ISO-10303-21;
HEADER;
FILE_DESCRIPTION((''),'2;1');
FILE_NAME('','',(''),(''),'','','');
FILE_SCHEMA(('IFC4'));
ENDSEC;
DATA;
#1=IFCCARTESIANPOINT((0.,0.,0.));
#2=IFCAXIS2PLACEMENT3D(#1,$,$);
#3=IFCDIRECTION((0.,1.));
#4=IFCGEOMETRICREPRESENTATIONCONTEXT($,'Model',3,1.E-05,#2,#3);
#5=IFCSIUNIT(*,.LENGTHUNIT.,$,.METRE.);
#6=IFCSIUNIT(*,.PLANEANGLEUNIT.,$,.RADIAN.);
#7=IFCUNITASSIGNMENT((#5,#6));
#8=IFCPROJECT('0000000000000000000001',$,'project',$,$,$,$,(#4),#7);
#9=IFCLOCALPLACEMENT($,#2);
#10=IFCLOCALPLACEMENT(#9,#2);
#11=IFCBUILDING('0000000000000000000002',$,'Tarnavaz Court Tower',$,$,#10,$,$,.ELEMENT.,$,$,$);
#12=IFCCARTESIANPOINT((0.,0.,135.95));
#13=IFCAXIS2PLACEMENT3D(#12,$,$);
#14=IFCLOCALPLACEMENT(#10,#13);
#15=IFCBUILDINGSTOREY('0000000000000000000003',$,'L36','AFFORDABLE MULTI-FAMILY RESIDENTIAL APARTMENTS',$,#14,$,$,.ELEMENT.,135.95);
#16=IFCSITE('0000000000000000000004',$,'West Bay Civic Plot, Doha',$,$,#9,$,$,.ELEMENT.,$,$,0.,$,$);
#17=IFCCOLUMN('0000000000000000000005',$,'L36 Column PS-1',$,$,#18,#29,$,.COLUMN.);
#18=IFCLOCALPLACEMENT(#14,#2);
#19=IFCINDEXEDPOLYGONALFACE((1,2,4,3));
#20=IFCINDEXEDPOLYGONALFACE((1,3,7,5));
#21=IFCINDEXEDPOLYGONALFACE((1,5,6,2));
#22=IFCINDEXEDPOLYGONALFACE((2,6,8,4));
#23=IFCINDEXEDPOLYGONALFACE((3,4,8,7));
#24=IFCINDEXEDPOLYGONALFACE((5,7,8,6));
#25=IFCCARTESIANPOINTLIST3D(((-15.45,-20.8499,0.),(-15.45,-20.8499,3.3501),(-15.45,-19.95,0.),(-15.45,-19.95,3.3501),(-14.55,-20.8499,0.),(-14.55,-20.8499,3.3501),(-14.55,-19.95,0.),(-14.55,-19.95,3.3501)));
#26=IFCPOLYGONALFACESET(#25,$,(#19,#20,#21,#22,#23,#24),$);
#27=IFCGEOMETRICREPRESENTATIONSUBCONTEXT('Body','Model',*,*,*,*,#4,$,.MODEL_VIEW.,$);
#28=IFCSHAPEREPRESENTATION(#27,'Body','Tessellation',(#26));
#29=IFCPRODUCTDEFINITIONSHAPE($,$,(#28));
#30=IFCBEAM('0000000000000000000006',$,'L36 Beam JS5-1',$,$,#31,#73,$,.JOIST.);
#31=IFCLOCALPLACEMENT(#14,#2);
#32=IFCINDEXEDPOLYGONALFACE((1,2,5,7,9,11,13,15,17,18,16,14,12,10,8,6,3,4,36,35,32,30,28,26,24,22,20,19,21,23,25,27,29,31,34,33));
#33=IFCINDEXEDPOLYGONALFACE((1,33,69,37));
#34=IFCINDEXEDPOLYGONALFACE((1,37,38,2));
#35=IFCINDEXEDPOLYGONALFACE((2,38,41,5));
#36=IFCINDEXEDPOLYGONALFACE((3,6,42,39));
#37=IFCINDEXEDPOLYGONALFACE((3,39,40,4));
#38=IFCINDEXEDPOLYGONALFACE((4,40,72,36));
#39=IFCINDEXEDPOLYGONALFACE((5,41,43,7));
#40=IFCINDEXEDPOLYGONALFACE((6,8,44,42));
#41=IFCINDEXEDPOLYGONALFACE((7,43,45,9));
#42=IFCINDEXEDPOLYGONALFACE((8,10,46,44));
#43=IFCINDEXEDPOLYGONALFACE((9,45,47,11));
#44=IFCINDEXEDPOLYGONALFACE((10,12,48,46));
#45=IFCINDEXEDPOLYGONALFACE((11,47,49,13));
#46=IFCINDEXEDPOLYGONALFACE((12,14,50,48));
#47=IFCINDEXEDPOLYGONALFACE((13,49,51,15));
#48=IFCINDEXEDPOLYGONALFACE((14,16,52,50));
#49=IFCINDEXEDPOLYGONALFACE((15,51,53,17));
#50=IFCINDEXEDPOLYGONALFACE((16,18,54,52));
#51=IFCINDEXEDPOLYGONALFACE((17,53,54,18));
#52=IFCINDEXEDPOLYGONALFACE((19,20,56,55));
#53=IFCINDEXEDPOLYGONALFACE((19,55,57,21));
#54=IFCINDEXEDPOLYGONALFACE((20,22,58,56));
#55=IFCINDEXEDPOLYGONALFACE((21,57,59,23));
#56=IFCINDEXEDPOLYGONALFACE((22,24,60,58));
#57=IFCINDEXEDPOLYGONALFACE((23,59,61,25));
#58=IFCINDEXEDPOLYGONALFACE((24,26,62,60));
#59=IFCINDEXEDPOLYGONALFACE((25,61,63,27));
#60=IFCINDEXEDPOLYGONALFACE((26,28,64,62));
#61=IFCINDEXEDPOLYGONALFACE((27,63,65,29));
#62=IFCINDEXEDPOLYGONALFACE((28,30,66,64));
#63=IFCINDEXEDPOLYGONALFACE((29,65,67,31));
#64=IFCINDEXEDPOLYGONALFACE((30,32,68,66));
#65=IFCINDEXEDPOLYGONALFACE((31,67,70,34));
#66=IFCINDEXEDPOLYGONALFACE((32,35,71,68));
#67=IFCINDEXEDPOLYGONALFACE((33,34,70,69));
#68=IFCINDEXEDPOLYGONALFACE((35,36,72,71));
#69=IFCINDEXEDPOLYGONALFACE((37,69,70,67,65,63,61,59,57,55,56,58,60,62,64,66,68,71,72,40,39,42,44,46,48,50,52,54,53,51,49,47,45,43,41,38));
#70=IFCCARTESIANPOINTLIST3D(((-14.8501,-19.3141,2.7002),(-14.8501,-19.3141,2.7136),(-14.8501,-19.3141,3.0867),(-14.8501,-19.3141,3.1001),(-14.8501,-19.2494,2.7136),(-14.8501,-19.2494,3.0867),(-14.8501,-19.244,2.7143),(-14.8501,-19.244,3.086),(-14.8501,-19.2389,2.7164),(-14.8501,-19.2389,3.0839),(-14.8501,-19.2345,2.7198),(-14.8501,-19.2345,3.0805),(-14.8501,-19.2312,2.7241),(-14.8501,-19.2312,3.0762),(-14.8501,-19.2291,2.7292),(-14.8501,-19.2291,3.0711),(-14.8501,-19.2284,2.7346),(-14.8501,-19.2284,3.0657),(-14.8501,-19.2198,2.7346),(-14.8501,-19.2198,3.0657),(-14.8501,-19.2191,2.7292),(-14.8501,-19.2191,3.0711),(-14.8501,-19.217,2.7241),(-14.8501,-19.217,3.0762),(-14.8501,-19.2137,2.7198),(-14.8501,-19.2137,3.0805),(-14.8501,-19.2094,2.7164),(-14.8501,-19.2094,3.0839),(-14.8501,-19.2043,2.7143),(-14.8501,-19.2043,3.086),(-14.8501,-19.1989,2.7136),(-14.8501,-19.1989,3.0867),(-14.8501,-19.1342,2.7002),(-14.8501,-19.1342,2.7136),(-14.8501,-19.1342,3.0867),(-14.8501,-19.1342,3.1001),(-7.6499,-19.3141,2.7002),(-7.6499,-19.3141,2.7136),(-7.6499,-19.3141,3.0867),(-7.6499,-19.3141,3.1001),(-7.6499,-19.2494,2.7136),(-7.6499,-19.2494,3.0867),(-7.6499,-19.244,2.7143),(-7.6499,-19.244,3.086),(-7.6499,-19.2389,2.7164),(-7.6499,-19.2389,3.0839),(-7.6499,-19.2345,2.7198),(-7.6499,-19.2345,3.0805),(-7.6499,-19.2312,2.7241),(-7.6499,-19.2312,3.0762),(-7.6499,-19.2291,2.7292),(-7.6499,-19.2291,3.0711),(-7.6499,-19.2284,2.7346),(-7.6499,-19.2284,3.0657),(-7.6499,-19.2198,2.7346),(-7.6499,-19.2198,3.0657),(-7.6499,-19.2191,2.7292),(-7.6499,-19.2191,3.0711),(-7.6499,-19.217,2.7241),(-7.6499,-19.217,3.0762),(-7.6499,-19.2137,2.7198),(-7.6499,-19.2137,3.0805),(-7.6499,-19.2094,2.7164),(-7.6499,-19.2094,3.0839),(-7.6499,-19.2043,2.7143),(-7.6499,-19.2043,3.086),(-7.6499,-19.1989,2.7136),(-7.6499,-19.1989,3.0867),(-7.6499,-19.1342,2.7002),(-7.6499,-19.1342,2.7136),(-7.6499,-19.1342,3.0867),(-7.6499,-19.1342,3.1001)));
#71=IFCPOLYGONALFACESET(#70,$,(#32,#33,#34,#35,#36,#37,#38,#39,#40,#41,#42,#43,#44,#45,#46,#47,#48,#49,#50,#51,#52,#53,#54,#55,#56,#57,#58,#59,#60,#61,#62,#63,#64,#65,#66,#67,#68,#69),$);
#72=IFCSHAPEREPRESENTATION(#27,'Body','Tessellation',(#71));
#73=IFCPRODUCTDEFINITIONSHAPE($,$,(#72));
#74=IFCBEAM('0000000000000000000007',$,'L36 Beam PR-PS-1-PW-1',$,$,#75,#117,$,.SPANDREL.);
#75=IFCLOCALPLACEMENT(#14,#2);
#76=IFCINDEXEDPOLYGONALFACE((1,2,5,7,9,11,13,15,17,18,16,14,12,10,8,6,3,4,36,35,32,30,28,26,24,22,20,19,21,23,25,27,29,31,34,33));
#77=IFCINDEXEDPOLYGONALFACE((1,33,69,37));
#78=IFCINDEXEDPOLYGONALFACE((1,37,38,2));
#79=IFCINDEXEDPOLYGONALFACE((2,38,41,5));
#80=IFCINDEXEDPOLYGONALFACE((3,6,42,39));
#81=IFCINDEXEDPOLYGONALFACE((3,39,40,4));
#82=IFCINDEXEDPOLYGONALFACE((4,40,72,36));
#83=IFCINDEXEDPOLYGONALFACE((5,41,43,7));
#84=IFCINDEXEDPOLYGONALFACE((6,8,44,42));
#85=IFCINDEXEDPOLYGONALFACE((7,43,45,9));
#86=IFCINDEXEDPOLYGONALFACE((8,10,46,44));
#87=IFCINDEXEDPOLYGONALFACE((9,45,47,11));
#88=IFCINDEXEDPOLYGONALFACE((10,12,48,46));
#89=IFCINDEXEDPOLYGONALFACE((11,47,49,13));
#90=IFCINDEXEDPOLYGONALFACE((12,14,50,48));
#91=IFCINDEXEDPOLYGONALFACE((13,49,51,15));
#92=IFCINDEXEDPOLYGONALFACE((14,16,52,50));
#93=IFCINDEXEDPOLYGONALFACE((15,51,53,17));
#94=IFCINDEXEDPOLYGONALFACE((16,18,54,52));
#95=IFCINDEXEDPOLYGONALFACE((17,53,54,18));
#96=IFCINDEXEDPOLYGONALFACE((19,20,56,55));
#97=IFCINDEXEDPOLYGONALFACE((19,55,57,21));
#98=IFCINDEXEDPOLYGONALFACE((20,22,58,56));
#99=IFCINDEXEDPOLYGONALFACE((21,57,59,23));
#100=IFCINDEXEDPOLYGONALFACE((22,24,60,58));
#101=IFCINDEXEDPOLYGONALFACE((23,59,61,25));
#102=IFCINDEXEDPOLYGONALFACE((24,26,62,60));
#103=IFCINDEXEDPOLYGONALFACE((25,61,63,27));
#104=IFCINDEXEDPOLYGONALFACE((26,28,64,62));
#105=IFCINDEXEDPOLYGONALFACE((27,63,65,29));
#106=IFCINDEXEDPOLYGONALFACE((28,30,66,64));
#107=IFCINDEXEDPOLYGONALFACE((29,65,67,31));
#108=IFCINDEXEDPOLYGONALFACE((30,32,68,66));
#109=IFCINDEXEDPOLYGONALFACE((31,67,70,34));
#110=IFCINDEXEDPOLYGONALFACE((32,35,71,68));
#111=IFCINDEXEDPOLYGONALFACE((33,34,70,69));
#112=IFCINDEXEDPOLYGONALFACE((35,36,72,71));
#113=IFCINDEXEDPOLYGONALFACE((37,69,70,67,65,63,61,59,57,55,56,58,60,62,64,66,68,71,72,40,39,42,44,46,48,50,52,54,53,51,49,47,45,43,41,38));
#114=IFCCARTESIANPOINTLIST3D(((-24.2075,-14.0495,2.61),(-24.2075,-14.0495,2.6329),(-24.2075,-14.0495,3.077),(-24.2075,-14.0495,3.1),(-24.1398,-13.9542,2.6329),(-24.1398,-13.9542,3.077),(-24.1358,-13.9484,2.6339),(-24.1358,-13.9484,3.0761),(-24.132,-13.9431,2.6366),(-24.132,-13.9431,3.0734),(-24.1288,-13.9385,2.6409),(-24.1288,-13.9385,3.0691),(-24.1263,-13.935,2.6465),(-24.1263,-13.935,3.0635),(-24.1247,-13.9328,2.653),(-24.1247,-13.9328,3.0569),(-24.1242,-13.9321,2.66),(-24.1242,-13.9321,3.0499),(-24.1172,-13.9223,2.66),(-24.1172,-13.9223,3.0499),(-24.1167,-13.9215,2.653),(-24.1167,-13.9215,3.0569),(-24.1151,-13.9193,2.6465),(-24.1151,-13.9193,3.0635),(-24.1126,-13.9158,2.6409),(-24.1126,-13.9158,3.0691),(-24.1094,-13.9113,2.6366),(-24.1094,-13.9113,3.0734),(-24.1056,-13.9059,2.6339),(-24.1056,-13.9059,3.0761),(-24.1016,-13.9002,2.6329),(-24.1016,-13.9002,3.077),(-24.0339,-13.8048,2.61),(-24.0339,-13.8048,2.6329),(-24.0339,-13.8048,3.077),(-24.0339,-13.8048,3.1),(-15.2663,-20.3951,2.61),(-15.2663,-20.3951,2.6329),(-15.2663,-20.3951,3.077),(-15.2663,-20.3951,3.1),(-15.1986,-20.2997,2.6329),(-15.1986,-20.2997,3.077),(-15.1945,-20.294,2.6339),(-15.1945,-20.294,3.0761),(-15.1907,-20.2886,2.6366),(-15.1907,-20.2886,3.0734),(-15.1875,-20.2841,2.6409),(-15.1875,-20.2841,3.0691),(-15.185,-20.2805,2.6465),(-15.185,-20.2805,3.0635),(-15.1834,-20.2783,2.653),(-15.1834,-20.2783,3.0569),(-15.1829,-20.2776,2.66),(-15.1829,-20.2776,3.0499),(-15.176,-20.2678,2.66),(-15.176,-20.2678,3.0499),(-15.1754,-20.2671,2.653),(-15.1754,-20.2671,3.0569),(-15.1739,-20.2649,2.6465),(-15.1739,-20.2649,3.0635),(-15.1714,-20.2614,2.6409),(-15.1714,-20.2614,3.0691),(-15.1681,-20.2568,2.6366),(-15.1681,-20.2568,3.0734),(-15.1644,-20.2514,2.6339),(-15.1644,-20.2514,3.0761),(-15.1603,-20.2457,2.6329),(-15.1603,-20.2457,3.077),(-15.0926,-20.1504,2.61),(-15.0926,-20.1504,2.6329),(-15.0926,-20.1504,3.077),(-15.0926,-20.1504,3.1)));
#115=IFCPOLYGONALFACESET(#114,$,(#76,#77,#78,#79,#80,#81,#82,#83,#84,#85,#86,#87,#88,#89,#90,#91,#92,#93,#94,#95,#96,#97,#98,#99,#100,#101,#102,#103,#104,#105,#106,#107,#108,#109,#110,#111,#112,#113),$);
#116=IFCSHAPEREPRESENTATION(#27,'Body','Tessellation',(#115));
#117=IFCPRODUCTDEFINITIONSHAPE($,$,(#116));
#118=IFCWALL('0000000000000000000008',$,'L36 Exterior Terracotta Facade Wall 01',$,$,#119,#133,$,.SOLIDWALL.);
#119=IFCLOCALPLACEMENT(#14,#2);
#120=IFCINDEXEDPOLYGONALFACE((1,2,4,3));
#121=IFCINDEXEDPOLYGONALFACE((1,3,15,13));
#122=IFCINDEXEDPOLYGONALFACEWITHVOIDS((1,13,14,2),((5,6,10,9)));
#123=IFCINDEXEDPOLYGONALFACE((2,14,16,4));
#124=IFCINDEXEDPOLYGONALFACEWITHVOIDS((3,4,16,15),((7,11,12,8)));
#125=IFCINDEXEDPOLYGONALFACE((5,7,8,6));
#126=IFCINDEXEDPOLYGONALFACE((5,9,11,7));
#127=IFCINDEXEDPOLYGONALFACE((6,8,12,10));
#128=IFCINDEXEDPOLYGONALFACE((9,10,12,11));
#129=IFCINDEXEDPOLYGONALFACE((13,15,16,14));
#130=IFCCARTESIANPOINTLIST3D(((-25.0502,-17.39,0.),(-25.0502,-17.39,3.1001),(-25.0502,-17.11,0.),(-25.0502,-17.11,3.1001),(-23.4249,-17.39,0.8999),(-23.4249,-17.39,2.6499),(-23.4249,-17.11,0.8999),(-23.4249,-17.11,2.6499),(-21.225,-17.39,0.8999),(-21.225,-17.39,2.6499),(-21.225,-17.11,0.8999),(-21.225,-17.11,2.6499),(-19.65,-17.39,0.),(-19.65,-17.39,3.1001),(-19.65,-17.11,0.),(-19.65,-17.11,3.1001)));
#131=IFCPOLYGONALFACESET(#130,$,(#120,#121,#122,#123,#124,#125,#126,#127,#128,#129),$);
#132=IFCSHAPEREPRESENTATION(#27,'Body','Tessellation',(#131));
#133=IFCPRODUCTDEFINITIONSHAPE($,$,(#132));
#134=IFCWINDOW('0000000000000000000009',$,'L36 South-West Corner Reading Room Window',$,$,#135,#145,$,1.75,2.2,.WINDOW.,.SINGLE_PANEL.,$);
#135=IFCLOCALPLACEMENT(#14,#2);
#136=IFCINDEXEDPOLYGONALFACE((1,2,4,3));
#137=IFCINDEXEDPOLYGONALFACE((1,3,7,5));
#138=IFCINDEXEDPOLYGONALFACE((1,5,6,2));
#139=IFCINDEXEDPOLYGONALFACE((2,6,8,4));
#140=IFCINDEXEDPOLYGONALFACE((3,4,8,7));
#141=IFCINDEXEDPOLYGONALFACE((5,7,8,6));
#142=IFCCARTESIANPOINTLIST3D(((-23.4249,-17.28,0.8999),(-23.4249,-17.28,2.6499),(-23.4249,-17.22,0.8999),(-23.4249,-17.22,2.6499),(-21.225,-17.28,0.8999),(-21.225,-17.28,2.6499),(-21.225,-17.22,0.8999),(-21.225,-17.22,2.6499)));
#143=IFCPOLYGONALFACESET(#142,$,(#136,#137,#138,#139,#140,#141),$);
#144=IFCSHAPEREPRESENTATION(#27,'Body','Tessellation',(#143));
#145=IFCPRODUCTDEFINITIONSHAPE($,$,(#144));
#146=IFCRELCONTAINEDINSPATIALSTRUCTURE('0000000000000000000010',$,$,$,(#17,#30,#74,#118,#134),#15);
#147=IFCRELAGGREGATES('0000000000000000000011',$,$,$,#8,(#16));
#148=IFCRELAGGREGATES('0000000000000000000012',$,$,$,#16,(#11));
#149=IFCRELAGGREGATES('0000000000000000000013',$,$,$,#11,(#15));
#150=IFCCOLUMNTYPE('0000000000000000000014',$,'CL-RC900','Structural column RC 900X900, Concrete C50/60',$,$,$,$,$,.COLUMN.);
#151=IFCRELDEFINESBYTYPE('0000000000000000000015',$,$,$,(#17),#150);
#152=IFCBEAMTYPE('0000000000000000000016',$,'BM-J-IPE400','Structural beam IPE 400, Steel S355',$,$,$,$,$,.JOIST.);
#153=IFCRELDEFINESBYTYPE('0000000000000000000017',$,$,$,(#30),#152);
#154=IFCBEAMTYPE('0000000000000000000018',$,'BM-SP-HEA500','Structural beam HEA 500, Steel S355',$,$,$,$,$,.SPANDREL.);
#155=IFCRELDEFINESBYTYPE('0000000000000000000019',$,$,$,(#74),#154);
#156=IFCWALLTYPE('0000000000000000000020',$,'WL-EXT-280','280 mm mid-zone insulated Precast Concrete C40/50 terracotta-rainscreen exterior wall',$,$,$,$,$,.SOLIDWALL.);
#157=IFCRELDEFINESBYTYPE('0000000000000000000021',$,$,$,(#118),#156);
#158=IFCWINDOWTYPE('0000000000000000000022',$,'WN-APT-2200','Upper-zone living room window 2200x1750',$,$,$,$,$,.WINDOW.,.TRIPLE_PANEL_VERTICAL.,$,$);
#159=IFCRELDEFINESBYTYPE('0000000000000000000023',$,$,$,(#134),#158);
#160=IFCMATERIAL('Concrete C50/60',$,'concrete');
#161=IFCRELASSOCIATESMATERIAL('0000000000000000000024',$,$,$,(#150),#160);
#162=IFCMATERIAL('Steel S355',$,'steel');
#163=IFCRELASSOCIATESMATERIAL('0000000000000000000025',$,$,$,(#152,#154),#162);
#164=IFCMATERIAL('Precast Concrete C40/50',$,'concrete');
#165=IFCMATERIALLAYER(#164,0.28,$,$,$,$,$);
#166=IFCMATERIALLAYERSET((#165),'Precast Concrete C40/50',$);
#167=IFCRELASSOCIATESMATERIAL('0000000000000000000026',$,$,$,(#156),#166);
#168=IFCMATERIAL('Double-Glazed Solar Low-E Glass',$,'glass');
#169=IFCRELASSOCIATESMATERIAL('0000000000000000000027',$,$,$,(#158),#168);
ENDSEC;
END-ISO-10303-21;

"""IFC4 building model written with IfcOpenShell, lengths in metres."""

from ifc_helpers import new_model, si_unit, direction, frame, frame_2d, origin, origin_2d, place, context, subcontext, project, spatial, rectangle, i_section, extrude, material, layer, layer_set, material_profile, profile_set, type_object, element, fill, save


model = new_model("IFC4")

# Units and contexts
model_context = context("Model", 3, precision=1e-05, world=origin(), true_north=direction((0.0, 1.0)))
body_context = subcontext(model_context, "Body", "Model", "MODEL_VIEW")
ifc_project = project(units=[si_unit("LENGTHUNIT", "METRE"), si_unit("PLANEANGLEUNIT", "RADIAN")], contexts=[model_context])

# Site, building, storey
site_placement = place(None, origin())
site = spatial("IfcSite", under=ifc_project, at=site_placement, Name="West Bay Civic Plot, Doha", CompositionType="ELEMENT", RefElevation=0.0)
building_placement = place(site_placement, origin())
building = spatial("IfcBuilding", under=site, at=building_placement, Name="Tarnavaz Court Tower", CompositionType="ELEMENT")
storey_placement = place(building_placement, frame((0.0, 0.0, 135.95)))
storey = spatial("IfcBuildingStorey", under=building, at=storey_placement, Name="L36", Description="AFFORDABLE MULTI-FAMILY RESIDENTIAL APARTMENTS", CompositionType="ELEMENT", Elevation=135.95)

# Column
ifc_material_1 = material(Name="Concrete C50/60", Category="concrete")
ifc_material_profile_1 = material_profile(ifc_material_1, rectangle(XDim=0.8999, YDim=0.8999, at=origin_2d()), Name="RC 900X900")
ifc_profile_set_1 = profile_set([ifc_material_profile_1], Name="Concrete C50/60")
column_type = type_object("IfcColumnType", Name="CL-RC900", Description="Structural column RC 900X900, Concrete C50/60", PredefinedType="COLUMN", material=ifc_profile_set_1)
column_placement = place(storey_placement, frame((-15.0, -20.3999, 0.0), z_axis=(0.0, 0.0, 1.0), x_axis=(1.0, 0.0, 0.0)))
element("IfcColumn", 1, at=column_placement, inside=storey, type_object=column_type, Name="L36 Column PS-1", PredefinedType="COLUMN", context=body_context, shape_type="SweptSolid", body=[
    extrude(rectangle(XDim=0.8999, YDim=0.8999, at=origin_2d()), origin(), (0.0, 0.0, 1.0), 3.3501),
])

# Beams
ifc_material_2 = material(Name="Steel S355", Category="steel")
ifc_material_profile_2 = material_profile(ifc_material_2, i_section(OverallWidth=0.1799, OverallDepth=0.3999, WebThickness=0.0085, FlangeThickness=0.0134, FilletRadius=0.021, at=origin_2d()), Name="IPE 400")
ifc_profile_set_2 = profile_set([ifc_material_profile_2], Name="Steel S355")
beam_type_1 = type_object("IfcBeamType", Name="BM-J-IPE400", Description="Structural beam IPE 400, Steel S355", PredefinedType="JOIST", material=ifc_profile_set_2)
beam_1_placement = place(storey_placement, frame((-14.8501, -19.2241, 2.9001), z_axis=(1.0, 0.0, 0.0), x_axis=(0.0, 1.0, 0.0)))
element("IfcBeam", 2, at=beam_1_placement, inside=storey, type_object=beam_type_1, Name="L36 Beam JS5-1", PredefinedType="JOIST", context=body_context, shape_type="SweptSolid", body=[
    extrude(i_section(OverallWidth=0.1799, OverallDepth=0.3999, WebThickness=0.0085, FlangeThickness=0.0134, FilletRadius=0.021, at=origin_2d()), origin(), (0.0, 0.0, 1.0), 7.2002),
])
ifc_material_profile_3 = material_profile(ifc_material_2, i_section(OverallWidth=0.3, OverallDepth=0.49, WebThickness=0.012, FlangeThickness=0.0229, FilletRadius=0.0271, at=origin_2d()), Name="HEA 500")
ifc_profile_set_3 = profile_set([ifc_material_profile_3], Name="Steel S355")
beam_type_2 = type_object("IfcBeamType", Name="BM-SP-HEA500", Description="Structural beam HEA 500, Steel S355", PredefinedType="SPANDREL", material=ifc_profile_set_3)
beam_2_placement = place(storey_placement, frame((-15.1794, -20.2727, 2.855), z_axis=(-0.815502, 0.578754, 0.0), x_axis=(-0.578754, -0.815502, 0.0)))
element("IfcBeam", 3, at=beam_2_placement, inside=storey, type_object=beam_type_2, Name="L36 Beam PR-PS-1-PW-1", PredefinedType="SPANDREL", context=body_context, shape_type="SweptSolid", body=[
    extrude(i_section(OverallWidth=0.3, OverallDepth=0.49, WebThickness=0.012, FlangeThickness=0.0229, FilletRadius=0.0271, at=origin_2d()), origin(), (0.0, 0.0, 1.0), 10.9641),
])

# Wall, opening, window
ifc_material_3 = material(Name="Precast Concrete C40/50", Category="concrete")
ifc_layer_1 = layer(ifc_material_3, 0.28)
ifc_layer_set_1 = layer_set([ifc_layer_1], Name="Precast Concrete C40/50")
wall_type_1 = type_object("IfcWallType", Name="WL-EXT-280", Description="280 mm mid-zone insulated Precast Concrete C40/50 terracotta-rainscreen exterior wall", PredefinedType="SOLIDWALL", material=ifc_layer_set_1)
wall_1_placement = place(storey_placement, frame((-19.6499, -17.25, 0.0), z_axis=(0.0, 0.0, 1.0), x_axis=(-1.0, 0.0, 0.0)))
wall_1 = element("IfcWall", 4, at=wall_1_placement, inside=storey, type_object=wall_type_1, Name="L36 Exterior Terracotta Facade Wall 01", PredefinedType="SOLIDWALL", context=body_context, shape_type="SweptSolid", body=[
    extrude(rectangle(XDim=5.4001, YDim=0.28, at=frame_2d((2.7002, 0.0))), origin(), (0.0, 0.0, 1.0), 3.1001),
])
opening_1_placement = place(wall_1_placement, frame((1.575, 0.0, 0.8999)))
opening_1 = element("IfcOpeningElement", 5, at=opening_1_placement, cuts=wall_1, PredefinedType="OPENING", context=body_context, shape_type="SweptSolid", body=[
    extrude(rectangle(XDim=2.2, YDim=1.75, at=frame_2d((1.1001, 0.875))), frame((0.0, 0.1499, 0.0), z_axis=(0.0, -1.0, 0.0), x_axis=(1.0, 0.0, 0.0)), (0.0, 0.0, 1.0), 0.3),
])
ifc_material_4 = material(Name="Double-Glazed Solar Low-E Glass", Category="glass")
window_type_1 = type_object("IfcWindowType", Name="WN-APT-2200", Description="Upper-zone living room window 2200x1750", PartitioningType="TRIPLE_PANEL_VERTICAL", PredefinedType="WINDOW", material=ifc_material_4)
window_1_placement = place(opening_1_placement, origin())
window_1 = element("IfcWindow", 6, at=window_1_placement, inside=storey, type_object=window_type_1, Name="L36 South-West Corner Reading Room Window", OverallHeight=1.75, OverallWidth=2.2, PartitioningType="SINGLE_PANEL", PredefinedType="WINDOW", context=body_context, shape_type="SweptSolid", body=[
    extrude(rectangle(XDim=2.2, YDim=1.75, at=frame_2d((1.1001, 0.875))), frame((0.0, 0.03, 0.0), z_axis=(0.0, -1.0, 0.0), x_axis=(1.0, 0.0, 0.0)), (0.0, 0.0, 1.0), 0.0601),
])
fill(opening_1, window_1)

save(model, "model.ifc")
